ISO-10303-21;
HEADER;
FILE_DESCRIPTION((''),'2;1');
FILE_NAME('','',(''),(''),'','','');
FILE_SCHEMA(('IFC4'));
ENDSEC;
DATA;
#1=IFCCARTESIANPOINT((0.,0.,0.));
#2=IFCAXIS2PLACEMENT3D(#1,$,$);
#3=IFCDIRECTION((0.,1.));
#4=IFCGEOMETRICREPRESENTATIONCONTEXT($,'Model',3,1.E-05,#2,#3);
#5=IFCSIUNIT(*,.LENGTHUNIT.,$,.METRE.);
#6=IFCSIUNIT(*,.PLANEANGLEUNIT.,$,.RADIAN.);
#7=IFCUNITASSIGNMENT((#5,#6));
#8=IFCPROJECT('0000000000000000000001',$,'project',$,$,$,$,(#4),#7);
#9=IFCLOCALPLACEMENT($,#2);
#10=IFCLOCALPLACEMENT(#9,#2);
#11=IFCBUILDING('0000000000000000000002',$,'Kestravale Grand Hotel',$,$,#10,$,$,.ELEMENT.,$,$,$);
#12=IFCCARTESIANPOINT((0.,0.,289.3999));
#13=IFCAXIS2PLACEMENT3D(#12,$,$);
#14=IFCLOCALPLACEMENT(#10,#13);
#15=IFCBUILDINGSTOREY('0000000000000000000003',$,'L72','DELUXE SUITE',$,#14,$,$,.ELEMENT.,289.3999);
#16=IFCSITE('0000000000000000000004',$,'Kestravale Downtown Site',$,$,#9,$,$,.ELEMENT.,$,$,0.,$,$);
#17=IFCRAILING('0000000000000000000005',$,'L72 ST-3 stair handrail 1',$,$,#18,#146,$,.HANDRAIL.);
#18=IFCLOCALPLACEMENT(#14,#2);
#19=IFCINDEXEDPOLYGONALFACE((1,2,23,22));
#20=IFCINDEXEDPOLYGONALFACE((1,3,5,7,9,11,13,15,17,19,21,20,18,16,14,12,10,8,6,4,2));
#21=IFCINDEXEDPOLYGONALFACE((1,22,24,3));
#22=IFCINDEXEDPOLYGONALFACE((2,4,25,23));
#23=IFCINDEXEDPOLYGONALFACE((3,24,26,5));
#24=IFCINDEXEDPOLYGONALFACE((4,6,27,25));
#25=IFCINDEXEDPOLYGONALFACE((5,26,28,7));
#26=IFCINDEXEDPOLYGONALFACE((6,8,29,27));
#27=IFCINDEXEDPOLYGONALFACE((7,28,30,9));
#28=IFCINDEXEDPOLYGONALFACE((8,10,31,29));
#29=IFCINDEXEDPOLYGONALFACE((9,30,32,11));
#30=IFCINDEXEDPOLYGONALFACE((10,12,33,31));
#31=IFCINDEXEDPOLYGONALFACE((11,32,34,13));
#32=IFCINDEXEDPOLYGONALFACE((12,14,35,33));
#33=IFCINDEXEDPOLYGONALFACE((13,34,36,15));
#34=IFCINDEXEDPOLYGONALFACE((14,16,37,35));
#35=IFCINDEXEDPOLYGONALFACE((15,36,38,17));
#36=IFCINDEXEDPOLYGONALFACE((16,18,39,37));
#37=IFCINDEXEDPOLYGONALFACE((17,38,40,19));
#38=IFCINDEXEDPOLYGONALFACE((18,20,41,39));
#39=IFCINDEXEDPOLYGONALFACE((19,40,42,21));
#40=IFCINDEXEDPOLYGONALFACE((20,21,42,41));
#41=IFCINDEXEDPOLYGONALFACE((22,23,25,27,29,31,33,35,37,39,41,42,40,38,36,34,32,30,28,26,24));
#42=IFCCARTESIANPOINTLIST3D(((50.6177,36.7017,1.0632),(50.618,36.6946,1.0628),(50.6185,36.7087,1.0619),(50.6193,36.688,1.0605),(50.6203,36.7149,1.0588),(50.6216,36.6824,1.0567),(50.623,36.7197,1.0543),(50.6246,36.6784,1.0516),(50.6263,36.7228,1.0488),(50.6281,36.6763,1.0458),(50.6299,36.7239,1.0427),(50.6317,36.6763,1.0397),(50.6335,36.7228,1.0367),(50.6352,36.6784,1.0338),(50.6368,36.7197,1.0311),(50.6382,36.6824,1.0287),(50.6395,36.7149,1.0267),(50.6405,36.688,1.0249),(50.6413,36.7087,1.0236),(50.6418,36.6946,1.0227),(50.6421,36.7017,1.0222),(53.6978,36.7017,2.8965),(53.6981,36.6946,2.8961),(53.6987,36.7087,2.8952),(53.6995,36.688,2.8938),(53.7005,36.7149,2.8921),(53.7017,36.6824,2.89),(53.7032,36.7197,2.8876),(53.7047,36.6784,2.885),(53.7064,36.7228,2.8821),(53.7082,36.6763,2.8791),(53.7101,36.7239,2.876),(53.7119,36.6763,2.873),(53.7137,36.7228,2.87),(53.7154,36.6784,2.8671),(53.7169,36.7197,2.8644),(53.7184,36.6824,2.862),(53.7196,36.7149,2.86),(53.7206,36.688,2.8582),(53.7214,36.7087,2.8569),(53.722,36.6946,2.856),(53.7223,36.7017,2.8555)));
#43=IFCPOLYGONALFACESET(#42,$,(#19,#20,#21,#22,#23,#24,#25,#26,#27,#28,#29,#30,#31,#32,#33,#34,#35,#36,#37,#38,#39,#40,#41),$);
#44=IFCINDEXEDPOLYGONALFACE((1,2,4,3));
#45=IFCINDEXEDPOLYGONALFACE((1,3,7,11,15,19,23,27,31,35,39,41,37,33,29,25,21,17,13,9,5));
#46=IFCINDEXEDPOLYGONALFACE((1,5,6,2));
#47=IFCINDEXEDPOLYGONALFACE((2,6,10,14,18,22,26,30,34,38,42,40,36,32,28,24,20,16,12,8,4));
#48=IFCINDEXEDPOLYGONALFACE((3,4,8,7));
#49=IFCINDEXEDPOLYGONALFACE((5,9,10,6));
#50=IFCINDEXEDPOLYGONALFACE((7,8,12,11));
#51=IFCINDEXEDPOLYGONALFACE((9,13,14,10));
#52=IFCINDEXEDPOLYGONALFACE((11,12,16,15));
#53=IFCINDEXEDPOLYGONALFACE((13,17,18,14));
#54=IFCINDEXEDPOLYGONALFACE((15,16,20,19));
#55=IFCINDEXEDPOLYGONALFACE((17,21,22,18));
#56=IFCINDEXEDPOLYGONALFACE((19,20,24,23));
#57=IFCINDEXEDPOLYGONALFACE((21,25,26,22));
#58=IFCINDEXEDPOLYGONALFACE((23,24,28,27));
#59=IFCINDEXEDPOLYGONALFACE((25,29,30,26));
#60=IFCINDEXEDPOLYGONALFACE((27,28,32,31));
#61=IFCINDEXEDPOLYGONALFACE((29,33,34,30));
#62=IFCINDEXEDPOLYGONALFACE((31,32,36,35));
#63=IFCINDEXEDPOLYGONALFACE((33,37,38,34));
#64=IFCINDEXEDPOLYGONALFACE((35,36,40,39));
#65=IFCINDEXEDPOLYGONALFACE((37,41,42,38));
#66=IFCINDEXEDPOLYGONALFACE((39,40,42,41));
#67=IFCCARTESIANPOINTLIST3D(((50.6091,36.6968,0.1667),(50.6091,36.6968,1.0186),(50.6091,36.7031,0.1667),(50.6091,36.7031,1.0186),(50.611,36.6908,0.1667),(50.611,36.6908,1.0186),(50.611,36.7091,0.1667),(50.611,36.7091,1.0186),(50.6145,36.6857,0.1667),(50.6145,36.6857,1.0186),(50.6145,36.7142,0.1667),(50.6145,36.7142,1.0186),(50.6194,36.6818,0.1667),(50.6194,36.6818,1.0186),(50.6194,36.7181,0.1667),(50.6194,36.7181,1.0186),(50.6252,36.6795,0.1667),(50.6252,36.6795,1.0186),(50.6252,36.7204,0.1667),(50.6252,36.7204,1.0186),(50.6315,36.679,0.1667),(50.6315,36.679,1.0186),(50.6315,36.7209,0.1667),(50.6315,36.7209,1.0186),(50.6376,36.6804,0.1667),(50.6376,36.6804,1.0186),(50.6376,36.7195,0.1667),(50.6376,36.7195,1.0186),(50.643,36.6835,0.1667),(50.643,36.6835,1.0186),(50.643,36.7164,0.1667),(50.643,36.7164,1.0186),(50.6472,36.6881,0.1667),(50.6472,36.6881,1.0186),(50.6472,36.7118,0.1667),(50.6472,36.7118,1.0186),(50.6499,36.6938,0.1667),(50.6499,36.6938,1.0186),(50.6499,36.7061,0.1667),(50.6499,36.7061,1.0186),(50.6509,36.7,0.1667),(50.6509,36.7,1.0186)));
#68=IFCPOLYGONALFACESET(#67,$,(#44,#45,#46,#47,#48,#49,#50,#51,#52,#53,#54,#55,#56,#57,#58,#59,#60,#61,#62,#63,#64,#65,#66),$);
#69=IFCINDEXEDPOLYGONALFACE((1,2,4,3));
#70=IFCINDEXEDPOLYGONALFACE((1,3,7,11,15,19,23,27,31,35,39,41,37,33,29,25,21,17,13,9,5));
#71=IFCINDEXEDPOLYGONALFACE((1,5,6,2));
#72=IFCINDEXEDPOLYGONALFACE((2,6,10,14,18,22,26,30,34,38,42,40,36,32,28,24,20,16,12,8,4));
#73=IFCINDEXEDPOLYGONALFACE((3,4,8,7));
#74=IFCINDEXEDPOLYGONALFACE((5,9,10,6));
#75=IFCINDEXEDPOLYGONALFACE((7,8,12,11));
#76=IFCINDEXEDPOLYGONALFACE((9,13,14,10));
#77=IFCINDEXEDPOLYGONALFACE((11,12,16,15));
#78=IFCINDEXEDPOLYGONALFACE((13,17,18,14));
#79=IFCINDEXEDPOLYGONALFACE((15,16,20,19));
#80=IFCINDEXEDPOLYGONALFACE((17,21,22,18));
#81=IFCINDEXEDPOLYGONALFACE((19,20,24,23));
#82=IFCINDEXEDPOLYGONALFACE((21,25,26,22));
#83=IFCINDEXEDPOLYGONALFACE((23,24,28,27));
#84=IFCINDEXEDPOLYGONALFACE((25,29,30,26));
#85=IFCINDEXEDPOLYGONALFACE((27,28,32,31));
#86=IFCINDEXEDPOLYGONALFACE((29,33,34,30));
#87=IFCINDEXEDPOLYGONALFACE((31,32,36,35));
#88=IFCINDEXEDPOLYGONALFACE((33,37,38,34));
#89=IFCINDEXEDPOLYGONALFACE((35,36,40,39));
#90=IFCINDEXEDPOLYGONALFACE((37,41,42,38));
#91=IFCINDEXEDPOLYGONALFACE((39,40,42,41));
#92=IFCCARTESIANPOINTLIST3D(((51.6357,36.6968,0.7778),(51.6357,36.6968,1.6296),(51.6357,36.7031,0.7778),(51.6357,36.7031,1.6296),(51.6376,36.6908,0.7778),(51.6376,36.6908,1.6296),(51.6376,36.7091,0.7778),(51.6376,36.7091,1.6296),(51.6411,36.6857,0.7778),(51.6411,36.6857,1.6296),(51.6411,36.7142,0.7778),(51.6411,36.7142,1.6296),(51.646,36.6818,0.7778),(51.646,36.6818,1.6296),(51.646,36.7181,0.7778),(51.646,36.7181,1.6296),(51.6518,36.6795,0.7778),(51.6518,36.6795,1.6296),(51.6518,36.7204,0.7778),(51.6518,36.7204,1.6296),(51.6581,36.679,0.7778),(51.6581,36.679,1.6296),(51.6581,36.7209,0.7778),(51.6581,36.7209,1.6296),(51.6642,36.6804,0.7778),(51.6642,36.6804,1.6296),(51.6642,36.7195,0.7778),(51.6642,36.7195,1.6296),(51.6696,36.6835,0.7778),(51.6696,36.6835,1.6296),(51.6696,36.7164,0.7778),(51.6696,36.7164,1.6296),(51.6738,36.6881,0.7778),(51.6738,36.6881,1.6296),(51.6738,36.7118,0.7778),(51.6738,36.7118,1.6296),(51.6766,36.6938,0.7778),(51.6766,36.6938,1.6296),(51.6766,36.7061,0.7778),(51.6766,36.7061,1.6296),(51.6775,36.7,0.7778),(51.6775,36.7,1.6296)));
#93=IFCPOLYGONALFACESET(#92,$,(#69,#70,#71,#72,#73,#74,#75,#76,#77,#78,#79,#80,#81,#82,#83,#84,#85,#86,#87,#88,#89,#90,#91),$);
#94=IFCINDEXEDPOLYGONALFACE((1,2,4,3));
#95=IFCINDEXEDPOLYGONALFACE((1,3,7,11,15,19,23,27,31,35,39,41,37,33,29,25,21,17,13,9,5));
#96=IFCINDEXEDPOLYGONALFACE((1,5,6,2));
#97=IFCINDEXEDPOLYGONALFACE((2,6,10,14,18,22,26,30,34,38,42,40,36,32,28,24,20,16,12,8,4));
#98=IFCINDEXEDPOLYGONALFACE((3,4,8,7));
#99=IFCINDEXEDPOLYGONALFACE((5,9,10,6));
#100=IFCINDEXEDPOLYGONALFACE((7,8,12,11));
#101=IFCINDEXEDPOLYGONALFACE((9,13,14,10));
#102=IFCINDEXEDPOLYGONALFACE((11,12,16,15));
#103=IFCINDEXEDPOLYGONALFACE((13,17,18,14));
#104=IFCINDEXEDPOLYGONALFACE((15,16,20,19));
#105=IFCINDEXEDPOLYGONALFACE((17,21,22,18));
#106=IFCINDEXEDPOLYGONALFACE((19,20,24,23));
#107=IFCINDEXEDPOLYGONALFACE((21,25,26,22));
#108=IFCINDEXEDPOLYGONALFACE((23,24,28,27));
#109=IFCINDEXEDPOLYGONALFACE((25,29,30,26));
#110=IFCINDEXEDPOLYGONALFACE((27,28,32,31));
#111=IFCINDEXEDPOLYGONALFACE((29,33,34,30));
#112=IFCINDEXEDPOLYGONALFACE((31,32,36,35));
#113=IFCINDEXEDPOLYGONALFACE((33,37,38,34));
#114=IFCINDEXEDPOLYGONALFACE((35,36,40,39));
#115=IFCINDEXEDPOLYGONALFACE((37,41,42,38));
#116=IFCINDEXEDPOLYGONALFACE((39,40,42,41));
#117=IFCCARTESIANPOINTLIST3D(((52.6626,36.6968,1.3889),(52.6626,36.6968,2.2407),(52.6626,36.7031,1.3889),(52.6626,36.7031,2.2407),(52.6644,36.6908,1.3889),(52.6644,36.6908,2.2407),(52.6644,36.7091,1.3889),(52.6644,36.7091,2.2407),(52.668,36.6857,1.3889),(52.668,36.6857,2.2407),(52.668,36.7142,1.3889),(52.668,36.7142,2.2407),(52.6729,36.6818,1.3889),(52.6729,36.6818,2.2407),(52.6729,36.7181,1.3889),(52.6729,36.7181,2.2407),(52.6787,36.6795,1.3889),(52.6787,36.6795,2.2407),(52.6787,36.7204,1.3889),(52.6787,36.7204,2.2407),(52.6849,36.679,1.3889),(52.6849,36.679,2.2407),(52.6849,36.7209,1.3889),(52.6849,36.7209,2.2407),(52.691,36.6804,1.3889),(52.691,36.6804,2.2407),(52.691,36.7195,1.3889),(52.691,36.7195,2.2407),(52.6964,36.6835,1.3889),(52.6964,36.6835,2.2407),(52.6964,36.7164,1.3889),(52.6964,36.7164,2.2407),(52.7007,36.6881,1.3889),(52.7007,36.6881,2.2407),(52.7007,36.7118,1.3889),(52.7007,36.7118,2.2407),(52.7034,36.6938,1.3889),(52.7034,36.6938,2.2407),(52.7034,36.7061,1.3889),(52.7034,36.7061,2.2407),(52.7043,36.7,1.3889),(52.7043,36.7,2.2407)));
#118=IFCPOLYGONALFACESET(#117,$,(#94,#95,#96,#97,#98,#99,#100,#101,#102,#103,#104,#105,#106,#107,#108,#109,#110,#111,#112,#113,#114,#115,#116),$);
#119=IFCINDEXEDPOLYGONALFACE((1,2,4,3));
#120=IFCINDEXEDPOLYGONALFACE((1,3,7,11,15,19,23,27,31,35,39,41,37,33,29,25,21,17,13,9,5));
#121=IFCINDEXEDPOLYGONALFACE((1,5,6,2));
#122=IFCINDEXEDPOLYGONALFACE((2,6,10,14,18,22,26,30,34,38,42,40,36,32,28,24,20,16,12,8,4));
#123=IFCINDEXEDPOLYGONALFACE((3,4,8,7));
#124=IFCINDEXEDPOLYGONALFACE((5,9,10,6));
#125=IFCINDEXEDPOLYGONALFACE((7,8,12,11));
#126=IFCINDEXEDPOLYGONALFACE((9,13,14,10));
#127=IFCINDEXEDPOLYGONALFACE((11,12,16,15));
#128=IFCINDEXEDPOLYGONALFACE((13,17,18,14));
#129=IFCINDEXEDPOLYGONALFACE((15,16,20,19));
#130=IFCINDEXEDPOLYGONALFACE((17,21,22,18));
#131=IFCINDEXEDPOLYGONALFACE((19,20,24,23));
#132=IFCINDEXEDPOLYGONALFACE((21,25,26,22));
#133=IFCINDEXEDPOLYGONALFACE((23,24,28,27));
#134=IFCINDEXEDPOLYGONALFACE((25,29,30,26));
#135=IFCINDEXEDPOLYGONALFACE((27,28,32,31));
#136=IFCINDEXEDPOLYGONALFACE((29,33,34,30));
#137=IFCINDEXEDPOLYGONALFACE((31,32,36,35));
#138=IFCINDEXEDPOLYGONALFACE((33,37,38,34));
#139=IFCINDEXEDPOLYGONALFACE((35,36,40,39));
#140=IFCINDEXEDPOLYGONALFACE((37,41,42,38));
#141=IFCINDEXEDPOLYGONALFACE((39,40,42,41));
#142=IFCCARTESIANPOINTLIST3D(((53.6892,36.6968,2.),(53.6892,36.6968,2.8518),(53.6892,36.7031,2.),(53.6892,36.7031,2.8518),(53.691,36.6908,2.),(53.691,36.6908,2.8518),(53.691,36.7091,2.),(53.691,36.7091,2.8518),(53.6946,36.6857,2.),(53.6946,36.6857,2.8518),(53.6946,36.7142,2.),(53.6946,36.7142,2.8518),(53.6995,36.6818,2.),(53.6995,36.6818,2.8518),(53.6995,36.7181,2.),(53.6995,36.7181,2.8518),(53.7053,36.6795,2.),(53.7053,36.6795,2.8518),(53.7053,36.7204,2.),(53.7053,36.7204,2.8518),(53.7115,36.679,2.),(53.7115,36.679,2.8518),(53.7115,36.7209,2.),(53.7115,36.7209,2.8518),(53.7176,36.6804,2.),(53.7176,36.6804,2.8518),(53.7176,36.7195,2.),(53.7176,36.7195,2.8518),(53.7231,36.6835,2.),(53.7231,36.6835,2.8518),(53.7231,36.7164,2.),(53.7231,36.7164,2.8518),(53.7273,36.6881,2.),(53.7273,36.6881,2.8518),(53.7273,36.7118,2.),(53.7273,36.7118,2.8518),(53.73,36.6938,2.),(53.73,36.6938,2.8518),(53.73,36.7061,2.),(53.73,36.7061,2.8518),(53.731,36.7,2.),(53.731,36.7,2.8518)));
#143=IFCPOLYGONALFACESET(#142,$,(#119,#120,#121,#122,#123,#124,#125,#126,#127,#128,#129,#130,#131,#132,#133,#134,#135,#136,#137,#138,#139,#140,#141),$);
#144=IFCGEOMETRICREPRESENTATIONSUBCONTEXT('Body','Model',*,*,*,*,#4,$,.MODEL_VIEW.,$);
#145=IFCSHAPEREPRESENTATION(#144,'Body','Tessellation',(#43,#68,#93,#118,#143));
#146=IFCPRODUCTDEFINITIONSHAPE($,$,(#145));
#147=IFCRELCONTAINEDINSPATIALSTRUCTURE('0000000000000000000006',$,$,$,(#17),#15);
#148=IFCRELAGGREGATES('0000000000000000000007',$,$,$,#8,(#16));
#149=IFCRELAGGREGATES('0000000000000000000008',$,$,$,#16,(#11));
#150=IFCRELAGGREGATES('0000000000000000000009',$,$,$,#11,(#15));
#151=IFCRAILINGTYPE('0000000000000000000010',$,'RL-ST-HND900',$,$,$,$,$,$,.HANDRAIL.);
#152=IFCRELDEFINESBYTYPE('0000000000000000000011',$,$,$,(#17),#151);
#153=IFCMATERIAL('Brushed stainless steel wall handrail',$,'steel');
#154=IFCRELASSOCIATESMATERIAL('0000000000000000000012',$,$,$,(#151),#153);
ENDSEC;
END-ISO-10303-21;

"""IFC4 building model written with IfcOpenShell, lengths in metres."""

from ifc_helpers import new_model, si_unit, direction, frame, origin, origin_2d, place, context, subcontext, project, spatial, circle, extrude, material, type_object, element, save


model = new_model("IFC4")

# Units and contexts
model_context = context("Model", 3, precision=1e-05, world=origin(), true_north=direction((0.0, 1.0)))
body_context = subcontext(model_context, "Body", "Model", "MODEL_VIEW")
ifc_project = project(units=[si_unit("LENGTHUNIT", "METRE"), si_unit("PLANEANGLEUNIT", "RADIAN")], contexts=[model_context])

# Site, building, storey
site_placement = place(None, origin())
site = spatial("IfcSite", under=ifc_project, at=site_placement, Name="Kestravale Downtown Site", CompositionType="ELEMENT", RefElevation=0.0)
building_placement = place(site_placement, origin())
building = spatial("IfcBuilding", under=site, at=building_placement, Name="Kestravale Grand Hotel", CompositionType="ELEMENT")
storey_placement = place(building_placement, frame((0.0, 0.0, 289.3999)))
storey = spatial("IfcBuildingStorey", under=building, at=storey_placement, Name="L72", Description="DELUXE SUITE", CompositionType="ELEMENT", Elevation=289.3999)

# Railing
ifc_material_1 = material(Name="Brushed stainless steel wall handrail", Category="steel")
railing_type_1 = type_object("IfcRailingType", Name="RL-ST-HND900", PredefinedType="HANDRAIL", material=ifc_material_1)
railing_1_placement = place(storey_placement, frame((50.6299, 36.7, 0.1667)))
element("IfcRailing", 1, at=railing_1_placement, inside=storey, type_object=railing_type_1, Name="L72 ST-3 stair handrail 1", PredefinedType="HANDRAIL", context=body_context, shape_type="SweptSolid", body=[
    extrude(circle(Radius=0.0239, at=origin_2d()), frame((0.0, 0.0, 0.876), z_axis=(0.859309, 0.0, 0.511458), x_axis=(0.0, 1.0, 0.0)), (0.0, 0.0, 1.0), 3.5845),
    extrude(circle(Radius=0.021, at=origin_2d()), origin(), (0.0, 0.0, 1.0), 0.8518),
    extrude(circle(Radius=0.021, at=origin_2d()), frame((1.0266, 0.0, 0.6111)), (0.0, 0.0, 1.0), 0.8518),
    extrude(circle(Radius=0.021, at=origin_2d()), frame((2.0535, 0.0, 1.2222)), (0.0, 0.0, 1.0), 0.8518),
    extrude(circle(Radius=0.021, at=origin_2d()), frame((3.0801, 0.0, 1.8333)), (0.0, 0.0, 1.0), 0.8518),
])

save(model, "model.ifc")
